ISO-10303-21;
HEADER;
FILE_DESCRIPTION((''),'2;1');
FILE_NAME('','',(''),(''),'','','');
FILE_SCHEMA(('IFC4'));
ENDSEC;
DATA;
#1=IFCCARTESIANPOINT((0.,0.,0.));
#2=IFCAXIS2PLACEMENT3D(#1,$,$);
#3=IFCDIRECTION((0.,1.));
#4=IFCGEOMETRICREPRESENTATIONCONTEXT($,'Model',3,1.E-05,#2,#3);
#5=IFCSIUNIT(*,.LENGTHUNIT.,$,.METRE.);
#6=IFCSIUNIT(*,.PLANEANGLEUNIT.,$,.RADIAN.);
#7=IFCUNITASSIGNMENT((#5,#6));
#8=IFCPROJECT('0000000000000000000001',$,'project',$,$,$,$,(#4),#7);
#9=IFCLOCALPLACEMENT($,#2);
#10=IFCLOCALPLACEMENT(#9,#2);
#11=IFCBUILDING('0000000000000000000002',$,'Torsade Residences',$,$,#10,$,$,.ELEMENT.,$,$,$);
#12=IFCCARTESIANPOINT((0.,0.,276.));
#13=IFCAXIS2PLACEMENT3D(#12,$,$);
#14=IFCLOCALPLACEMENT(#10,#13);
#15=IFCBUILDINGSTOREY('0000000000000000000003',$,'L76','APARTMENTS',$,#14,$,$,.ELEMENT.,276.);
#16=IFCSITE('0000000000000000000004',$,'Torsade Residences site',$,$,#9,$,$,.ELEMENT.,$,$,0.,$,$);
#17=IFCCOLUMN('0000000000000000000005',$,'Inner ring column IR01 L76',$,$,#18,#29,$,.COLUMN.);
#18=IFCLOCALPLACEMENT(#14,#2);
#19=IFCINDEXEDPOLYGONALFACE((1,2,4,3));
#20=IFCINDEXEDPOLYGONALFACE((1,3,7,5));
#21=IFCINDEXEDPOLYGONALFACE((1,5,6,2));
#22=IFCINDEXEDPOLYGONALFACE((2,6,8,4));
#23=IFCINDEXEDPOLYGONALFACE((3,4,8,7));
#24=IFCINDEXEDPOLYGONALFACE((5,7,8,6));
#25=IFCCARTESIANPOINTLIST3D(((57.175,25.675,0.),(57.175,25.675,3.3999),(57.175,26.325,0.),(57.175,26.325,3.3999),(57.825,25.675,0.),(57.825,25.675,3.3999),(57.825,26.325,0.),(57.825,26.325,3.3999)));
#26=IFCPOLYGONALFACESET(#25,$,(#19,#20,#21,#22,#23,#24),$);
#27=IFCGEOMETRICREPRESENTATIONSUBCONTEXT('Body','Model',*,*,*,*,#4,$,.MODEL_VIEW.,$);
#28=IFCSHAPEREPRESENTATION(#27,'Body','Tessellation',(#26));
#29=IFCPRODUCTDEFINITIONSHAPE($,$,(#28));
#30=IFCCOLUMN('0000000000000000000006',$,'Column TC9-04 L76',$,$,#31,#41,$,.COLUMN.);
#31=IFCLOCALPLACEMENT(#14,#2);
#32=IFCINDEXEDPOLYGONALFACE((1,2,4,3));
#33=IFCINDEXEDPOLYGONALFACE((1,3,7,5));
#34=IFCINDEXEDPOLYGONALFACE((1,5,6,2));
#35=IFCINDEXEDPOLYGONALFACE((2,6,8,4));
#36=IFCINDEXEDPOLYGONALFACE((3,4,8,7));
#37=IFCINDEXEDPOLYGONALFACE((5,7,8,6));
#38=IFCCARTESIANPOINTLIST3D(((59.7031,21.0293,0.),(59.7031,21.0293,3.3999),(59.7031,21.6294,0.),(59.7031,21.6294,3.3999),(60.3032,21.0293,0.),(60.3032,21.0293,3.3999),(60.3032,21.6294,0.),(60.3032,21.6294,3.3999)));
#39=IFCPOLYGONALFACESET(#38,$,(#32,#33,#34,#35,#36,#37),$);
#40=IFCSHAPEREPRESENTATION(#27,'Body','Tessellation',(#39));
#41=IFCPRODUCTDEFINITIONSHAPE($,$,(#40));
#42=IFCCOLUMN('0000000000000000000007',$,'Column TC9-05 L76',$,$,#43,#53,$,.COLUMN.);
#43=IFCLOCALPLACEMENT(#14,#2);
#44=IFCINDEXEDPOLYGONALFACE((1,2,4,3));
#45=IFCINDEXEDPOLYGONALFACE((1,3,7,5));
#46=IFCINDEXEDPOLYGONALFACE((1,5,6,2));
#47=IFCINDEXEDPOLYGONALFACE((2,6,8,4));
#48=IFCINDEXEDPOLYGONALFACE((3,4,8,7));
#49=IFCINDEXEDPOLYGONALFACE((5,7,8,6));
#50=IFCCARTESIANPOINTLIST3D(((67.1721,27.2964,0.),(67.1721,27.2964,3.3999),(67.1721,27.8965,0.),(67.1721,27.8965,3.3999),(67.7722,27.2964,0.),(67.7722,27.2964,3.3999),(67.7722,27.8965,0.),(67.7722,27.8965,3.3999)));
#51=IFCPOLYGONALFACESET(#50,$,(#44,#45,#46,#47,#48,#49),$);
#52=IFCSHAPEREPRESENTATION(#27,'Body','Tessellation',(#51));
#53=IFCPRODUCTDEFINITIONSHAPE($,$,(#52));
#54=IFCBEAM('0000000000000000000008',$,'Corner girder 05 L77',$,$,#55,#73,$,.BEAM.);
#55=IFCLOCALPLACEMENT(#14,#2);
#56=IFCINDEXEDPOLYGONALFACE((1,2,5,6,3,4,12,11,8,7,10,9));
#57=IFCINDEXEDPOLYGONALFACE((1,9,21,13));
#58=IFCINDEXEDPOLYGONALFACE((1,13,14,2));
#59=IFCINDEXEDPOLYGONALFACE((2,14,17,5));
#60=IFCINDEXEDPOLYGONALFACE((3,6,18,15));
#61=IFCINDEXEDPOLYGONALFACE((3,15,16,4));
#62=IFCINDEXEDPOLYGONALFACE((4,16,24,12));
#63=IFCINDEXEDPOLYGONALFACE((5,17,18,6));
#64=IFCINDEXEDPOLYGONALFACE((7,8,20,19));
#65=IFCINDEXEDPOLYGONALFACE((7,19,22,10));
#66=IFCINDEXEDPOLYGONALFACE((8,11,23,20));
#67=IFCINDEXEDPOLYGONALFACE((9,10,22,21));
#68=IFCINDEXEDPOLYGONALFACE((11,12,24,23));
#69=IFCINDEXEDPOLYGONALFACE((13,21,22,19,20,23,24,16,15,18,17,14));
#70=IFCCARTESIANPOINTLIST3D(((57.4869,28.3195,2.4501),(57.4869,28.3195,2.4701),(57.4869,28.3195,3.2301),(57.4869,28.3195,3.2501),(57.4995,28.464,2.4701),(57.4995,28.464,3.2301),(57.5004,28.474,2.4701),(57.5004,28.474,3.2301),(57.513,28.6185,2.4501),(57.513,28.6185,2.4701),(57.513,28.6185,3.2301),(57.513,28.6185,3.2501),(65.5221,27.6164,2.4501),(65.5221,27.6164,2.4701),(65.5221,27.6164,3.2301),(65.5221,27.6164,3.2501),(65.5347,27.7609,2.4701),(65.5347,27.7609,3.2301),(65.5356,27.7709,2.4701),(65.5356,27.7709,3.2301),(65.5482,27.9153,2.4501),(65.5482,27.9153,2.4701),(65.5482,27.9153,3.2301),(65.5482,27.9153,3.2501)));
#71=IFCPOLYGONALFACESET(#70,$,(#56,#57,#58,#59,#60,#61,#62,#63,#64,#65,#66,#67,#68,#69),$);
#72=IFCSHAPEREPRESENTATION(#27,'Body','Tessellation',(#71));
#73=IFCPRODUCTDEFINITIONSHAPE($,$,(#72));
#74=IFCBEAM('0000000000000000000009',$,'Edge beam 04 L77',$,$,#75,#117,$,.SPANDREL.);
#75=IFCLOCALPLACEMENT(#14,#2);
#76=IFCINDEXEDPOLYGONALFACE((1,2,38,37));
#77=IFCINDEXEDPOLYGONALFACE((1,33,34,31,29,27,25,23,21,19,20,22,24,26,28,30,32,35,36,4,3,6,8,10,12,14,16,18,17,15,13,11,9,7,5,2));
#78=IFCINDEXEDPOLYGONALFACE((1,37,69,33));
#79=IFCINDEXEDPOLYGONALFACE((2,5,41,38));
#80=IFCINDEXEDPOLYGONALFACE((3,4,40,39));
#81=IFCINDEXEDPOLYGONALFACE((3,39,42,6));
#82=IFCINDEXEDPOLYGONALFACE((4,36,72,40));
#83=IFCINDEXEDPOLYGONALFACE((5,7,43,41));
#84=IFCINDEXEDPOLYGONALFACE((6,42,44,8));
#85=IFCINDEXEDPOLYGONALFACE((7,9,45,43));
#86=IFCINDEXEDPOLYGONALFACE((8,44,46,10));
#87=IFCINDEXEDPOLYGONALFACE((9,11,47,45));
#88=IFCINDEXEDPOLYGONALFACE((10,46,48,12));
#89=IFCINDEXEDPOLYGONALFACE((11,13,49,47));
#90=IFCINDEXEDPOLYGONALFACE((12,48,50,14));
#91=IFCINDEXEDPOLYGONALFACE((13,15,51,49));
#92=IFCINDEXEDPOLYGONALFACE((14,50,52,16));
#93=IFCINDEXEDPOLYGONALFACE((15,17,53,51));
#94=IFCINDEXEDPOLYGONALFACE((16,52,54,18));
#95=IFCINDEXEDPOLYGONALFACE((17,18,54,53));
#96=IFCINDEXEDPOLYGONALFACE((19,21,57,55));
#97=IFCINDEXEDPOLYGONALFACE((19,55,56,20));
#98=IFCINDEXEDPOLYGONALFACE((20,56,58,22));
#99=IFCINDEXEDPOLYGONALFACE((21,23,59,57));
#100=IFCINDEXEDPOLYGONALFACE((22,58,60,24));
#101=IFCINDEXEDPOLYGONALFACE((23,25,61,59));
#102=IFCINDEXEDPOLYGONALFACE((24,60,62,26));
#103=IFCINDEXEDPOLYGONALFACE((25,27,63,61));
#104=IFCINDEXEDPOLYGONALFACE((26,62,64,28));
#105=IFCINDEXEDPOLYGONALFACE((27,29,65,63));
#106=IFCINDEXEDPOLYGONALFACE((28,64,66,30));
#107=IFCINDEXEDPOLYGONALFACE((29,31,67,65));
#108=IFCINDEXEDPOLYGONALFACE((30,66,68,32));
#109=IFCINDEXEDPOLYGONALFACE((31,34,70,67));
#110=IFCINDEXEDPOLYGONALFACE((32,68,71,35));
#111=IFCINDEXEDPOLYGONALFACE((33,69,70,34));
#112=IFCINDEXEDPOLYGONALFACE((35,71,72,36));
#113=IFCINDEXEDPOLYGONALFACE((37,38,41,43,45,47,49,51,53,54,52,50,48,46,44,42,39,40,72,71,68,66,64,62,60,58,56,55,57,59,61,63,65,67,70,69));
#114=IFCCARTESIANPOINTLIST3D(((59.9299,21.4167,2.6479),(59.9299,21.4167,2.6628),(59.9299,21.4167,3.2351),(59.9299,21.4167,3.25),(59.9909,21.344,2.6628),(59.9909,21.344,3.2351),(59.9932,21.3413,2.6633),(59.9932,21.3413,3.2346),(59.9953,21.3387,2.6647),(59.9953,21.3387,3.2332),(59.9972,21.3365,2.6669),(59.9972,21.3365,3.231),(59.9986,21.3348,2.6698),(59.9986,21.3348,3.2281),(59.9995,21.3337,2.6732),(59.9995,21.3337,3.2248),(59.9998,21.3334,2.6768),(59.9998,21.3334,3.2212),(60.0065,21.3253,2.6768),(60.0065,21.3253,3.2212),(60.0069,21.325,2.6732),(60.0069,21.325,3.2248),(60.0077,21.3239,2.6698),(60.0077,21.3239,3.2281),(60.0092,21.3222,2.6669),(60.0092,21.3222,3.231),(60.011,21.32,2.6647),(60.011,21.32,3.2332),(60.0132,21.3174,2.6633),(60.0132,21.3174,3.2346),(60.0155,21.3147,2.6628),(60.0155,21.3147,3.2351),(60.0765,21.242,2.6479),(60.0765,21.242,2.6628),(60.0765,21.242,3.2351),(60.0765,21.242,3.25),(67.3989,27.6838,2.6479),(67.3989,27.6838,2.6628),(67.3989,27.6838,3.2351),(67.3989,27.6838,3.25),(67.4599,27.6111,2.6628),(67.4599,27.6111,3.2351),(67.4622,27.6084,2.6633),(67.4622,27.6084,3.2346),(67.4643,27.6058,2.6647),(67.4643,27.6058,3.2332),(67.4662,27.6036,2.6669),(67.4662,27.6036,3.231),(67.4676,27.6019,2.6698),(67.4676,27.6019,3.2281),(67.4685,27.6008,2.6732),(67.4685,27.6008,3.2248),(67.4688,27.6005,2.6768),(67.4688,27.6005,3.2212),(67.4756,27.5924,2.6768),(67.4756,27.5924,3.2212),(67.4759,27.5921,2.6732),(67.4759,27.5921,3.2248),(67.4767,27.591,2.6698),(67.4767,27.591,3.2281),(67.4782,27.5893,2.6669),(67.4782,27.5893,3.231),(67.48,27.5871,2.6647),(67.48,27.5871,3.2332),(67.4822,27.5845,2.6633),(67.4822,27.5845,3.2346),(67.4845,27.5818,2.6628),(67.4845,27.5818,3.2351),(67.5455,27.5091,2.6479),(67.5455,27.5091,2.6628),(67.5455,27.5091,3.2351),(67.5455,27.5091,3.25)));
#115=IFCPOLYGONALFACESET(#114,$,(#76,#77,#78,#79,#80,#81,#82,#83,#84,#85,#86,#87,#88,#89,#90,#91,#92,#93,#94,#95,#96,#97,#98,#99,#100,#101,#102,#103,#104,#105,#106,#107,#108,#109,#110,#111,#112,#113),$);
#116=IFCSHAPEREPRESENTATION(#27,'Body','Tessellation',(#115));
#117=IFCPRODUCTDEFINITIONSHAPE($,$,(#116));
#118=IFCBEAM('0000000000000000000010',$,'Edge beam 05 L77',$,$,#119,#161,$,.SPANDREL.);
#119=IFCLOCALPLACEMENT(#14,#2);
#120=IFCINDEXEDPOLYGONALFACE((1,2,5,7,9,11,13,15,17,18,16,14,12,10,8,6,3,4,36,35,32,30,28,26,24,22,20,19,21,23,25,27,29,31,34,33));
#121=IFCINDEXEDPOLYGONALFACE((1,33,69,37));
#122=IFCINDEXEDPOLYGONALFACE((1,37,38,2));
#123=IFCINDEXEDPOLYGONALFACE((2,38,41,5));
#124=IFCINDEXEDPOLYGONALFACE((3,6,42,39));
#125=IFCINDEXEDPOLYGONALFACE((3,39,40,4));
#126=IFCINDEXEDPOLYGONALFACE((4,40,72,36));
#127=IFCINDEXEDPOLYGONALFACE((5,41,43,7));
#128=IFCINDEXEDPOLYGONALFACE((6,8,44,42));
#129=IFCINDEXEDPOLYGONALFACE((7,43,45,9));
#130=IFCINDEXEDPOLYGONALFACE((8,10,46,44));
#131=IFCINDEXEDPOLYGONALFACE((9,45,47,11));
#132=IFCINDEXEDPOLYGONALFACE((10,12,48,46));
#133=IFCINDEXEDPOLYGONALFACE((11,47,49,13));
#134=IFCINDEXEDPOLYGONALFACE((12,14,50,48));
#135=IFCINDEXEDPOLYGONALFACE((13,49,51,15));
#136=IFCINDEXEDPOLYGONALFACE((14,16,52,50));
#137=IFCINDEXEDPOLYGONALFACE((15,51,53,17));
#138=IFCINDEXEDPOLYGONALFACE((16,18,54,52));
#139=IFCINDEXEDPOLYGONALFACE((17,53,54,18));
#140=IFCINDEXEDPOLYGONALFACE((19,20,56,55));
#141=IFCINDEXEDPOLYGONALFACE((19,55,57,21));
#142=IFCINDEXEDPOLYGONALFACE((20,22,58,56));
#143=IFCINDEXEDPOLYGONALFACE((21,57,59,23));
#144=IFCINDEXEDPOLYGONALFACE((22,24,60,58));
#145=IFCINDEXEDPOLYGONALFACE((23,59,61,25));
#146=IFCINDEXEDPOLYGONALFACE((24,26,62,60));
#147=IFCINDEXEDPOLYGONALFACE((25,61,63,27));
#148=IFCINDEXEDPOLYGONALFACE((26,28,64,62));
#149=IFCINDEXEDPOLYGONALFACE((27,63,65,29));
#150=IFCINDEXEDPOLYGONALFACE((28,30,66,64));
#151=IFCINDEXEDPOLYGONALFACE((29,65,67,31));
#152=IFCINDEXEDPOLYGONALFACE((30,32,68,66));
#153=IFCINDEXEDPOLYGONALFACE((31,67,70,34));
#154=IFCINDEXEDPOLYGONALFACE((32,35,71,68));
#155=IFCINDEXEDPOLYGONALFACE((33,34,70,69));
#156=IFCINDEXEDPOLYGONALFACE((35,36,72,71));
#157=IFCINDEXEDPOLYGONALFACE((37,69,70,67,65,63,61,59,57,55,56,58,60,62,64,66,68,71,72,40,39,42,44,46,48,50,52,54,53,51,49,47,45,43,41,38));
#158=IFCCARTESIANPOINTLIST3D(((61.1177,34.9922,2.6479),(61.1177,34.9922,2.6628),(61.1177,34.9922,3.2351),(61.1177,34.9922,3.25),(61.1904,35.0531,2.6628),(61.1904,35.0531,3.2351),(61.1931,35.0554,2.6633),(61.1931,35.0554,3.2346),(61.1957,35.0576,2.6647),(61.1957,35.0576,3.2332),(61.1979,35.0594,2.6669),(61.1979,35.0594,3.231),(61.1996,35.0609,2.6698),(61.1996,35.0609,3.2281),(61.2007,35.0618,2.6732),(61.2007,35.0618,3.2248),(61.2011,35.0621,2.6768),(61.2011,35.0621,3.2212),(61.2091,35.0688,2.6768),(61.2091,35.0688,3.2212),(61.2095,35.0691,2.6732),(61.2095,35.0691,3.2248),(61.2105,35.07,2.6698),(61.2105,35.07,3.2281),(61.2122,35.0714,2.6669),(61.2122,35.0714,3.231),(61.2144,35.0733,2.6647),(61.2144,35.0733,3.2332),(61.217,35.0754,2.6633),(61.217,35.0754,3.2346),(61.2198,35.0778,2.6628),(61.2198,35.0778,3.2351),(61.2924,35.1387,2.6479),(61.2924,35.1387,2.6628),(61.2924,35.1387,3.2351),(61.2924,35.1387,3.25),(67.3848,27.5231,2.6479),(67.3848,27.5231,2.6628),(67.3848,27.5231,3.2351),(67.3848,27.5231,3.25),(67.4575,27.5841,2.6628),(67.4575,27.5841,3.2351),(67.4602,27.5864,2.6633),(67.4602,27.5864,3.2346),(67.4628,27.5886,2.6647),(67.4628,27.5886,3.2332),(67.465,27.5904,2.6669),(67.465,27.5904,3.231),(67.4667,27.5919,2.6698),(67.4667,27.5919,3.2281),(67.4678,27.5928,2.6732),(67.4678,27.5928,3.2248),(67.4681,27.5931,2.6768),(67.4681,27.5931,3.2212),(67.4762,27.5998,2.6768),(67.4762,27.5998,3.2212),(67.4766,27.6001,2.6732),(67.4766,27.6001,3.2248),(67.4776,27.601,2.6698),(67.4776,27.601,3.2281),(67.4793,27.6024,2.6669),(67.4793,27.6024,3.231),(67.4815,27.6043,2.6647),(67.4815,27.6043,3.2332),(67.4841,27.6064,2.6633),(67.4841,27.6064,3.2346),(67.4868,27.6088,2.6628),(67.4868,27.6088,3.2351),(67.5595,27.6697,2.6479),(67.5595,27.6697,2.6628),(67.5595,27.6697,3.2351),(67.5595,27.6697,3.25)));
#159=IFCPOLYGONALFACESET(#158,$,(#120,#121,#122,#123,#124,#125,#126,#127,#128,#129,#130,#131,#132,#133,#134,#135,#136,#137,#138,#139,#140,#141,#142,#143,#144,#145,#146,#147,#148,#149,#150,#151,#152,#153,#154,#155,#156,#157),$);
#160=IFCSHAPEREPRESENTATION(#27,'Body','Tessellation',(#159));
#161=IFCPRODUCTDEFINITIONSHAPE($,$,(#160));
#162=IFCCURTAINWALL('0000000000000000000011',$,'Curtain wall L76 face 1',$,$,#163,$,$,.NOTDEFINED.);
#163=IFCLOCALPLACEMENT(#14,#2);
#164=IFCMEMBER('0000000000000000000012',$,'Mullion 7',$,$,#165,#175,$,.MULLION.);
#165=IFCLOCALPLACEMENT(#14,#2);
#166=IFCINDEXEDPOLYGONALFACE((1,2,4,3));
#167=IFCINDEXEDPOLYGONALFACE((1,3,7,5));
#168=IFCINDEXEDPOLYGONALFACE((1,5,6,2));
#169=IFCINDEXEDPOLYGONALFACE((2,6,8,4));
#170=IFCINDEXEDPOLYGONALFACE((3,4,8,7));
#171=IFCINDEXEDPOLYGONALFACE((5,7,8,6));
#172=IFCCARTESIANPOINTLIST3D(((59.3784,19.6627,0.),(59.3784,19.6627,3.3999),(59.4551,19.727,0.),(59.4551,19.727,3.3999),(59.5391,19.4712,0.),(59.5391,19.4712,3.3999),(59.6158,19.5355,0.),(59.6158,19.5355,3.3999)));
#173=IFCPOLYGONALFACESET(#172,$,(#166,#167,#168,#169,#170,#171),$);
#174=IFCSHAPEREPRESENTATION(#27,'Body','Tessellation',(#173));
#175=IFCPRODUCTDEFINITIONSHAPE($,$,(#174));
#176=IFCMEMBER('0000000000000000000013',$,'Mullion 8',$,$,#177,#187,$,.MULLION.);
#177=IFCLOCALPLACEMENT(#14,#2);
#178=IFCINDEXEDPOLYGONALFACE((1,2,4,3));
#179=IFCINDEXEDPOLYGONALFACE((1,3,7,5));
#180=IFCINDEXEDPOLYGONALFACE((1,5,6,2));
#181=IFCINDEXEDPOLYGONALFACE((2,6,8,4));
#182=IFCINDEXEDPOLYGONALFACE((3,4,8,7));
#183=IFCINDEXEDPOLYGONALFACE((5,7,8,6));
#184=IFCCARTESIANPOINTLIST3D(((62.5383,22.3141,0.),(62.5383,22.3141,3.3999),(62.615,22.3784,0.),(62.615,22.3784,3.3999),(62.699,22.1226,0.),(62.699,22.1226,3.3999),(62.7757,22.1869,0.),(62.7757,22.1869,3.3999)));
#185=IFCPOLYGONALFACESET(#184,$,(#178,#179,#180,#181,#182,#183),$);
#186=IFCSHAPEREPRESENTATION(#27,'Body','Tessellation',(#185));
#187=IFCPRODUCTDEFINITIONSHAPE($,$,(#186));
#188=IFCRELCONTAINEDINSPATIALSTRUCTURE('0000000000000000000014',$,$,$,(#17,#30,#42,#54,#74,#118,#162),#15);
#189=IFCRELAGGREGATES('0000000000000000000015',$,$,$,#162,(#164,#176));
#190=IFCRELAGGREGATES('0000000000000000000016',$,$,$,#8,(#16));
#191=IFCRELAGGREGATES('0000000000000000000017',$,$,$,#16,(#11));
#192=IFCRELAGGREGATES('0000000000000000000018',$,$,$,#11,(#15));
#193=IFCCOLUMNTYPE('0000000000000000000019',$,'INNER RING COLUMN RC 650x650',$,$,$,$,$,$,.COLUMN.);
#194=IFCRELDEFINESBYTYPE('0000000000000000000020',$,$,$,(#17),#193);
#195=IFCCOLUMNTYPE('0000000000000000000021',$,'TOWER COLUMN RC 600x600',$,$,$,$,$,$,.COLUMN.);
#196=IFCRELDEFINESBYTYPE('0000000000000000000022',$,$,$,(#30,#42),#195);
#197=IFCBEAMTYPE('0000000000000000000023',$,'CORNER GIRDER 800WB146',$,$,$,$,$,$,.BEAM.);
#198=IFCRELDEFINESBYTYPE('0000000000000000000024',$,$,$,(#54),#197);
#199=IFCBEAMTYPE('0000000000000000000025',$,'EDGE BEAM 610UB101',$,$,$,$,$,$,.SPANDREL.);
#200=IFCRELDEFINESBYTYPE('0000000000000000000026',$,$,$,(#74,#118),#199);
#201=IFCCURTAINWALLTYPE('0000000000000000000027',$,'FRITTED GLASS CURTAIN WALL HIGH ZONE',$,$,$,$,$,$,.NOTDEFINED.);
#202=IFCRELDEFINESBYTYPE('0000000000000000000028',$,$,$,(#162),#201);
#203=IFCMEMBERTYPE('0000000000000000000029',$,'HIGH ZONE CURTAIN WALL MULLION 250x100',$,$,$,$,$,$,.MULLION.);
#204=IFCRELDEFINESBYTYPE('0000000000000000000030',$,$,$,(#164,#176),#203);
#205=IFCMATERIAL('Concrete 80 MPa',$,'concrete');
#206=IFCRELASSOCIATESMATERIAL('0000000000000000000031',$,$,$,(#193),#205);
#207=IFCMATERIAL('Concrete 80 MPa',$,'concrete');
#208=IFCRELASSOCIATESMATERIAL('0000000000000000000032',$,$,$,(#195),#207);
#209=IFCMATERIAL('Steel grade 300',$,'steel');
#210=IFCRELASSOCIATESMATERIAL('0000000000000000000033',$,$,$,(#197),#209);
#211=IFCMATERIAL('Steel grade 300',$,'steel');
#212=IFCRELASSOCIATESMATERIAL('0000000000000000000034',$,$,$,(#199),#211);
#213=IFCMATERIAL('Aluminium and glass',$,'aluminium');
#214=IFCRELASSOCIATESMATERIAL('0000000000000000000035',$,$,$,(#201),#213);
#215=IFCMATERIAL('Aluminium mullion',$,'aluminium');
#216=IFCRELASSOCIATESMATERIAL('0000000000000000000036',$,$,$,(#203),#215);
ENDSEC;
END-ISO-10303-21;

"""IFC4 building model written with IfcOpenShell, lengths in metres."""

from ifc_helpers import new_model, si_unit, direction, frame, origin, origin_2d, place, context, subcontext, project, spatial, rectangle, i_section, extrude, material, material_profile, profile_set, type_object, element, aggregate, save


model = new_model("IFC4")

# Units and contexts
model_context = context("Model", 3, precision=1e-05, world=origin(), true_north=direction((0.0, 1.0)))
body_context = subcontext(model_context, "Body", "Model", "MODEL_VIEW")
ifc_project = project(units=[si_unit("LENGTHUNIT", "METRE"), si_unit("PLANEANGLEUNIT", "RADIAN")], contexts=[model_context])

# Site, building, storey
site_placement = place(None, origin())
site = spatial("IfcSite", under=ifc_project, at=site_placement, Name="Torsade Residences site", CompositionType="ELEMENT", RefElevation=0.0)
building_placement = place(site_placement, origin())
building = spatial("IfcBuilding", under=site, at=building_placement, Name="Torsade Residences", CompositionType="ELEMENT")
storey_placement = place(building_placement, frame((0.0, 0.0, 276.0)))
storey = spatial("IfcBuildingStorey", under=building, at=storey_placement, Name="L76", Description="APARTMENTS", CompositionType="ELEMENT", Elevation=276.0)

# Columns
ifc_material_1 = material(Name="Concrete 80 MPa", Category="concrete")
ifc_material_profile_1 = material_profile(ifc_material_1, rectangle(XDim=0.6499, YDim=0.6499, at=origin_2d()), Name="RC 650x650")
ifc_profile_set_1 = profile_set([ifc_material_profile_1], Name="Concrete 80 MPa")
column_type_1 = type_object("IfcColumnType", Name="INNER RING COLUMN RC 650x650", PredefinedType="COLUMN", material=ifc_profile_set_1)
column_placement = place(storey_placement, frame((57.5, 26.0, 0.0), z_axis=(0.0, 0.0, 1.0), x_axis=(1.0, 0.0, 0.0)))
element("IfcColumn", 1, at=column_placement, inside=storey, type_object=column_type_1, Name="Inner ring column IR01 L76", PredefinedType="COLUMN", context=body_context, shape_type="SweptSolid", body=[
    extrude(rectangle(XDim=0.6499, YDim=0.6499, at=origin_2d()), origin(), (0.0, 0.0, 1.0), 3.3999),
])
ifc_material_2 = material(Name="Concrete 80 MPa", Category="concrete")
ifc_material_profile_2 = material_profile(ifc_material_2, rectangle(XDim=0.6001, YDim=0.6001, at=origin_2d()), Name="RC 600x600")
ifc_profile_set_2 = profile_set([ifc_material_profile_2], Name="Concrete 80 MPa")
column_type_2 = type_object("IfcColumnType", Name="TOWER COLUMN RC 600x600", PredefinedType="COLUMN", material=ifc_profile_set_2)
for number, where, z_axis, x_axis, name in (
    (2, (60.0032, 21.3293, 0.0), (0.0, 0.0, 1.0), (1.0, 0.0, 0.0), "Column TC9-04 L76"),
    (3, (67.4722, 27.5964, 0.0), (0.0, 0.0, 1.0), (1.0, 0.0, 0.0), "Column TC9-05 L76"),
):
    element("IfcColumn", number, at=place(storey_placement, frame(where, z_axis=z_axis, x_axis=x_axis)), inside=storey, type_object=column_type_2, Name=name, PredefinedType="COLUMN", context=body_context, shape_type="SweptSolid", body=[
        extrude(rectangle(XDim=0.6001, YDim=0.6001, at=origin_2d()), origin(), (0.0, 0.0, 1.0), 3.3999),
    ])

# Beams
ifc_material_3 = material(Name="Steel grade 300", Category="steel")
ifc_material_profile_3 = material_profile(ifc_material_3, i_section(OverallWidth=0.3, OverallDepth=0.8, WebThickness=0.01, FlangeThickness=0.02, at=origin_2d()), Name="800WB146")
ifc_profile_set_3 = profile_set([ifc_material_profile_3], Name="Steel grade 300")
beam_type_1 = type_object("IfcBeamType", Name="CORNER GIRDER 800WB146", PredefinedType="BEAM", material=ifc_profile_set_3)
beam_1_placement = place(storey_placement, frame((65.5352, 27.7659, 2.8501), z_axis=(-0.996193, 0.087173, 0.0), x_axis=(-0.087173, -0.996193, 0.0)))
element("IfcBeam", 4, at=beam_1_placement, inside=storey, type_object=beam_type_1, Name="Corner girder 05 L77", PredefinedType="BEAM", context=body_context, shape_type="SweptSolid", body=[
    extrude(i_section(OverallWidth=0.3, OverallDepth=0.8, WebThickness=0.01, FlangeThickness=0.02, at=origin_2d()), origin(), (0.0, 0.0, 1.0), 8.0659),
])
ifc_material_4 = material(Name="Steel grade 300", Category="steel")
ifc_material_profile_4 = material_profile(ifc_material_4, i_section(OverallWidth=0.228, OverallDepth=0.6021, WebThickness=0.0105, FlangeThickness=0.0149, FilletRadius=0.0139, at=origin_2d()), Name="610UB101")
ifc_profile_set_4 = profile_set([ifc_material_profile_4], Name="Steel grade 300")
beam_type_2 = type_object("IfcBeamType", Name="EDGE BEAM 610UB101", PredefinedType="SPANDREL", material=ifc_profile_set_4)
for number, where, z_axis, x_axis, name in (
    (5, (60.0032, 21.3293, 2.949), (0.766052, 0.642779, 0.0), (-0.642779, 0.766052, 0.0), "Edge beam 04 L77"),
    (6, (67.4722, 27.5964, 2.949), (-0.642779, 0.766052, 0.0), (-0.766052, -0.642779, 0.0), "Edge beam 05 L77"),
):
    element("IfcBeam", number, at=place(storey_placement, frame(where, z_axis=z_axis, x_axis=x_axis)), inside=storey, type_object=beam_type_2, Name=name, PredefinedType="SPANDREL", context=body_context, shape_type="SweptSolid", body=[
        extrude(i_section(OverallWidth=0.228, OverallDepth=0.6021, WebThickness=0.0105, FlangeThickness=0.0149, FilletRadius=0.0139, at=origin_2d()), origin(), (0.0, 0.0, 1.0), 9.75),
    ])

# Curtain wall, members
ifc_material_5 = material(Name="Aluminium and glass", Category="aluminium")
curtain_wall_type = type_object("IfcCurtainWallType", Name="FRITTED GLASS CURTAIN WALL HIGH ZONE", PredefinedType="NOTDEFINED", material=ifc_material_5)
curtain_wall_placement = place(storey_placement, origin())
curtain_wall = element("IfcCurtainWall", 7, at=curtain_wall_placement, inside=storey, type_object=curtain_wall_type, Name="Curtain wall L76 face 1", PredefinedType="NOTDEFINED")
ifc_material_6 = material(Name="Aluminium mullion", Category="aluminium")
ifc_material_profile_5 = material_profile(ifc_material_6, rectangle(XDim=0.25, YDim=0.1001, at=origin_2d()), Name="HIGH ZONE CURTAIN WALL MULLION 250x100")
ifc_profile_set_5 = profile_set([ifc_material_profile_5], Name="Aluminium mullion")
member_type_1 = type_object("IfcMemberType", Name="HIGH ZONE CURTAIN WALL MULLION 250x100", PredefinedType="MULLION", material=ifc_profile_set_5)
member_1_placement = place(storey_placement, frame((59.4971, 19.5991, 0.0), z_axis=(0.0, 0.0, 1.0), x_axis=(-0.642788, 0.766044, 0.0)))
member_1 = element("IfcMember", 8, at=member_1_placement, type_object=member_type_1, Name="Mullion 7", PredefinedType="MULLION", context=body_context, shape_type="SweptSolid", body=[
    extrude(rectangle(XDim=0.25, YDim=0.1001, at=origin_2d()), origin(), (0.0, 0.0, 1.0), 3.3999),
])
member_2_placement = place(storey_placement, frame((62.657, 22.2505, 0.0), z_axis=(0.0, 0.0, 1.0), x_axis=(-0.642788, 0.766044, 0.0)))
member_2 = element("IfcMember", 9, at=member_2_placement, type_object=member_type_1, Name="Mullion 8", PredefinedType="MULLION", context=body_context, shape_type="SweptSolid", body=[
    extrude(rectangle(XDim=0.25, YDim=0.1001, at=origin_2d()), origin(), (0.0, 0.0, 1.0), 3.3999),
])

aggregate(curtain_wall, [member_1, member_2])

save(model, "model.ifc")
